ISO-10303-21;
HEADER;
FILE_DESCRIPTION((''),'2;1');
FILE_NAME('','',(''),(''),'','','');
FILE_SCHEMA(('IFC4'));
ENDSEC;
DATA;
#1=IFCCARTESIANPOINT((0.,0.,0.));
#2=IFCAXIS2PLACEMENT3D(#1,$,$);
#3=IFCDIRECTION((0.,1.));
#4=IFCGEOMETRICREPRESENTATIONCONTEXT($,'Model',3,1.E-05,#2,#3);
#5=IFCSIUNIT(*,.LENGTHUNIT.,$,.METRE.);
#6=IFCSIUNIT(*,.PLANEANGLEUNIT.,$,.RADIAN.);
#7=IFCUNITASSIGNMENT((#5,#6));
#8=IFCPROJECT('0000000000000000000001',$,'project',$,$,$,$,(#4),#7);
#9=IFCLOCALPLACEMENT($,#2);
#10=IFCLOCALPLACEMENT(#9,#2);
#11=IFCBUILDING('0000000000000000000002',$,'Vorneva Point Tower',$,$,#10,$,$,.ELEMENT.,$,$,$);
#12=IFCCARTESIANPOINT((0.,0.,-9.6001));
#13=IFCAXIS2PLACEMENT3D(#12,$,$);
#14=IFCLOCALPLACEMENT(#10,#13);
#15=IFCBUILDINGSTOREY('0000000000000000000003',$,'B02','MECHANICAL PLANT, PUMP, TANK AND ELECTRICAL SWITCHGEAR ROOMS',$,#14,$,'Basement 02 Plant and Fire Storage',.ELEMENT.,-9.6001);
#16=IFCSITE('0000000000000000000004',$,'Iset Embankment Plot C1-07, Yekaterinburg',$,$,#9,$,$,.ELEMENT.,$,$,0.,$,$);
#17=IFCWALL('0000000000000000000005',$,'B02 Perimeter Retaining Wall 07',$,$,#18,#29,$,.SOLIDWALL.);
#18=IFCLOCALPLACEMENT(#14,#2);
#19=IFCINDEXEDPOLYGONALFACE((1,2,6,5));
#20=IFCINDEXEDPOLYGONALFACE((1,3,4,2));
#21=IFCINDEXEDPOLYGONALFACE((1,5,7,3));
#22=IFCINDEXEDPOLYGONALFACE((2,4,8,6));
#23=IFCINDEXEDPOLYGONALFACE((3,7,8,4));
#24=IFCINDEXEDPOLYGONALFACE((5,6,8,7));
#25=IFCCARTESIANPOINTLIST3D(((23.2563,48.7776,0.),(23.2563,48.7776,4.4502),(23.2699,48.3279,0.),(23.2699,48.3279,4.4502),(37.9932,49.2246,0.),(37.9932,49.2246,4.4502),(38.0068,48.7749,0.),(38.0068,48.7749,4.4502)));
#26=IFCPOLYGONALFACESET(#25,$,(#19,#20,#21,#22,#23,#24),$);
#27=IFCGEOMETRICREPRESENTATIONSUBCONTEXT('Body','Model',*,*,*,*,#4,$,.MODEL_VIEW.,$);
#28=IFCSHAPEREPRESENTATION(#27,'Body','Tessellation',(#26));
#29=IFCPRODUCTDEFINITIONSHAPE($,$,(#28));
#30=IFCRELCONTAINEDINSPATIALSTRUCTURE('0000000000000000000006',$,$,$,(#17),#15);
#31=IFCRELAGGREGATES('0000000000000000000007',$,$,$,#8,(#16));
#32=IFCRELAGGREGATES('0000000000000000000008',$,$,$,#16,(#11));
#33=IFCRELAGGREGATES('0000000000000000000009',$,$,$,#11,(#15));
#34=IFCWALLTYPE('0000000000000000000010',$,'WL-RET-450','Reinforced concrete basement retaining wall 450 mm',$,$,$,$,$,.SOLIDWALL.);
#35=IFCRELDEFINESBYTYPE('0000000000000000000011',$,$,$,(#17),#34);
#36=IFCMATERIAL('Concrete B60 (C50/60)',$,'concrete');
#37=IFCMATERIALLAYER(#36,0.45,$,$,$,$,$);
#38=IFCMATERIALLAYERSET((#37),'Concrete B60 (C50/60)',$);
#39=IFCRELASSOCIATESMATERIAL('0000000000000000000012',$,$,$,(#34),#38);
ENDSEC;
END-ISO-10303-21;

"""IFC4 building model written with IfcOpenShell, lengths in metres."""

from ifc_helpers import new_model, si_unit, direction, frame, frame_2d, origin, place, context, subcontext, project, spatial, rectangle, extrude, material, layer, layer_set, type_object, element, save


model = new_model("IFC4")

# Units and contexts
model_context = context("Model", 3, precision=1e-05, world=origin(), true_north=direction((0.0, 1.0)))
body_context = subcontext(model_context, "Body", "Model", "MODEL_VIEW")
ifc_project = project(units=[si_unit("LENGTHUNIT", "METRE"), si_unit("PLANEANGLEUNIT", "RADIAN")], contexts=[model_context])

# Site, building, storey
site_placement = place(None, origin())
site = spatial("IfcSite", under=ifc_project, at=site_placement, Name="Iset Embankment Plot C1-07, Yekaterinburg", CompositionType="ELEMENT", RefElevation=0.0)
building_placement = place(site_placement, origin())
building = spatial("IfcBuilding", under=site, at=building_placement, Name="Vorneva Point Tower", CompositionType="ELEMENT")
storey_placement = place(building_placement, frame((0.0, 0.0, -9.6001)))
storey = spatial("IfcBuildingStorey", under=building, at=storey_placement, Name="B02", Description="MECHANICAL PLANT, PUMP, TANK AND ELECTRICAL SWITCHGEAR ROOMS", LongName="Basement 02 Plant and Fire Storage", CompositionType="ELEMENT", Elevation=-9.6001)

# Shared definitions
ifc_material_1 = material(Name="Concrete B60 (C50/60)", Category="concrete")

# Wall
ifc_layer_1 = layer(ifc_material_1, 0.45)
ifc_layer_set_1 = layer_set([ifc_layer_1], Name="Concrete B60 (C50/60)")
wall_type_1 = type_object("IfcWallType", Name="WL-RET-450", Description="Reinforced concrete basement retaining wall 450 mm", PredefinedType="SOLIDWALL", material=ifc_layer_set_1)
wall_1_placement = place(storey_placement, frame((38.0, 48.9998, 0.0), z_axis=(0.0, 0.0, 1.0), x_axis=(-0.99954, -0.03032, 0.0)))
element("IfcWall", 1, at=wall_1_placement, inside=storey, type_object=wall_type_1, Name="B02 Perimeter Retaining Wall 07", PredefinedType="SOLIDWALL", context=body_context, shape_type="SweptSolid", body=[
    extrude(rectangle(XDim=14.7437, YDim=0.45, at=frame_2d((7.3718, 0.0))), origin(), (0.0, 0.0, 1.0), 4.4502),
])

save(model, "model.ifc")
